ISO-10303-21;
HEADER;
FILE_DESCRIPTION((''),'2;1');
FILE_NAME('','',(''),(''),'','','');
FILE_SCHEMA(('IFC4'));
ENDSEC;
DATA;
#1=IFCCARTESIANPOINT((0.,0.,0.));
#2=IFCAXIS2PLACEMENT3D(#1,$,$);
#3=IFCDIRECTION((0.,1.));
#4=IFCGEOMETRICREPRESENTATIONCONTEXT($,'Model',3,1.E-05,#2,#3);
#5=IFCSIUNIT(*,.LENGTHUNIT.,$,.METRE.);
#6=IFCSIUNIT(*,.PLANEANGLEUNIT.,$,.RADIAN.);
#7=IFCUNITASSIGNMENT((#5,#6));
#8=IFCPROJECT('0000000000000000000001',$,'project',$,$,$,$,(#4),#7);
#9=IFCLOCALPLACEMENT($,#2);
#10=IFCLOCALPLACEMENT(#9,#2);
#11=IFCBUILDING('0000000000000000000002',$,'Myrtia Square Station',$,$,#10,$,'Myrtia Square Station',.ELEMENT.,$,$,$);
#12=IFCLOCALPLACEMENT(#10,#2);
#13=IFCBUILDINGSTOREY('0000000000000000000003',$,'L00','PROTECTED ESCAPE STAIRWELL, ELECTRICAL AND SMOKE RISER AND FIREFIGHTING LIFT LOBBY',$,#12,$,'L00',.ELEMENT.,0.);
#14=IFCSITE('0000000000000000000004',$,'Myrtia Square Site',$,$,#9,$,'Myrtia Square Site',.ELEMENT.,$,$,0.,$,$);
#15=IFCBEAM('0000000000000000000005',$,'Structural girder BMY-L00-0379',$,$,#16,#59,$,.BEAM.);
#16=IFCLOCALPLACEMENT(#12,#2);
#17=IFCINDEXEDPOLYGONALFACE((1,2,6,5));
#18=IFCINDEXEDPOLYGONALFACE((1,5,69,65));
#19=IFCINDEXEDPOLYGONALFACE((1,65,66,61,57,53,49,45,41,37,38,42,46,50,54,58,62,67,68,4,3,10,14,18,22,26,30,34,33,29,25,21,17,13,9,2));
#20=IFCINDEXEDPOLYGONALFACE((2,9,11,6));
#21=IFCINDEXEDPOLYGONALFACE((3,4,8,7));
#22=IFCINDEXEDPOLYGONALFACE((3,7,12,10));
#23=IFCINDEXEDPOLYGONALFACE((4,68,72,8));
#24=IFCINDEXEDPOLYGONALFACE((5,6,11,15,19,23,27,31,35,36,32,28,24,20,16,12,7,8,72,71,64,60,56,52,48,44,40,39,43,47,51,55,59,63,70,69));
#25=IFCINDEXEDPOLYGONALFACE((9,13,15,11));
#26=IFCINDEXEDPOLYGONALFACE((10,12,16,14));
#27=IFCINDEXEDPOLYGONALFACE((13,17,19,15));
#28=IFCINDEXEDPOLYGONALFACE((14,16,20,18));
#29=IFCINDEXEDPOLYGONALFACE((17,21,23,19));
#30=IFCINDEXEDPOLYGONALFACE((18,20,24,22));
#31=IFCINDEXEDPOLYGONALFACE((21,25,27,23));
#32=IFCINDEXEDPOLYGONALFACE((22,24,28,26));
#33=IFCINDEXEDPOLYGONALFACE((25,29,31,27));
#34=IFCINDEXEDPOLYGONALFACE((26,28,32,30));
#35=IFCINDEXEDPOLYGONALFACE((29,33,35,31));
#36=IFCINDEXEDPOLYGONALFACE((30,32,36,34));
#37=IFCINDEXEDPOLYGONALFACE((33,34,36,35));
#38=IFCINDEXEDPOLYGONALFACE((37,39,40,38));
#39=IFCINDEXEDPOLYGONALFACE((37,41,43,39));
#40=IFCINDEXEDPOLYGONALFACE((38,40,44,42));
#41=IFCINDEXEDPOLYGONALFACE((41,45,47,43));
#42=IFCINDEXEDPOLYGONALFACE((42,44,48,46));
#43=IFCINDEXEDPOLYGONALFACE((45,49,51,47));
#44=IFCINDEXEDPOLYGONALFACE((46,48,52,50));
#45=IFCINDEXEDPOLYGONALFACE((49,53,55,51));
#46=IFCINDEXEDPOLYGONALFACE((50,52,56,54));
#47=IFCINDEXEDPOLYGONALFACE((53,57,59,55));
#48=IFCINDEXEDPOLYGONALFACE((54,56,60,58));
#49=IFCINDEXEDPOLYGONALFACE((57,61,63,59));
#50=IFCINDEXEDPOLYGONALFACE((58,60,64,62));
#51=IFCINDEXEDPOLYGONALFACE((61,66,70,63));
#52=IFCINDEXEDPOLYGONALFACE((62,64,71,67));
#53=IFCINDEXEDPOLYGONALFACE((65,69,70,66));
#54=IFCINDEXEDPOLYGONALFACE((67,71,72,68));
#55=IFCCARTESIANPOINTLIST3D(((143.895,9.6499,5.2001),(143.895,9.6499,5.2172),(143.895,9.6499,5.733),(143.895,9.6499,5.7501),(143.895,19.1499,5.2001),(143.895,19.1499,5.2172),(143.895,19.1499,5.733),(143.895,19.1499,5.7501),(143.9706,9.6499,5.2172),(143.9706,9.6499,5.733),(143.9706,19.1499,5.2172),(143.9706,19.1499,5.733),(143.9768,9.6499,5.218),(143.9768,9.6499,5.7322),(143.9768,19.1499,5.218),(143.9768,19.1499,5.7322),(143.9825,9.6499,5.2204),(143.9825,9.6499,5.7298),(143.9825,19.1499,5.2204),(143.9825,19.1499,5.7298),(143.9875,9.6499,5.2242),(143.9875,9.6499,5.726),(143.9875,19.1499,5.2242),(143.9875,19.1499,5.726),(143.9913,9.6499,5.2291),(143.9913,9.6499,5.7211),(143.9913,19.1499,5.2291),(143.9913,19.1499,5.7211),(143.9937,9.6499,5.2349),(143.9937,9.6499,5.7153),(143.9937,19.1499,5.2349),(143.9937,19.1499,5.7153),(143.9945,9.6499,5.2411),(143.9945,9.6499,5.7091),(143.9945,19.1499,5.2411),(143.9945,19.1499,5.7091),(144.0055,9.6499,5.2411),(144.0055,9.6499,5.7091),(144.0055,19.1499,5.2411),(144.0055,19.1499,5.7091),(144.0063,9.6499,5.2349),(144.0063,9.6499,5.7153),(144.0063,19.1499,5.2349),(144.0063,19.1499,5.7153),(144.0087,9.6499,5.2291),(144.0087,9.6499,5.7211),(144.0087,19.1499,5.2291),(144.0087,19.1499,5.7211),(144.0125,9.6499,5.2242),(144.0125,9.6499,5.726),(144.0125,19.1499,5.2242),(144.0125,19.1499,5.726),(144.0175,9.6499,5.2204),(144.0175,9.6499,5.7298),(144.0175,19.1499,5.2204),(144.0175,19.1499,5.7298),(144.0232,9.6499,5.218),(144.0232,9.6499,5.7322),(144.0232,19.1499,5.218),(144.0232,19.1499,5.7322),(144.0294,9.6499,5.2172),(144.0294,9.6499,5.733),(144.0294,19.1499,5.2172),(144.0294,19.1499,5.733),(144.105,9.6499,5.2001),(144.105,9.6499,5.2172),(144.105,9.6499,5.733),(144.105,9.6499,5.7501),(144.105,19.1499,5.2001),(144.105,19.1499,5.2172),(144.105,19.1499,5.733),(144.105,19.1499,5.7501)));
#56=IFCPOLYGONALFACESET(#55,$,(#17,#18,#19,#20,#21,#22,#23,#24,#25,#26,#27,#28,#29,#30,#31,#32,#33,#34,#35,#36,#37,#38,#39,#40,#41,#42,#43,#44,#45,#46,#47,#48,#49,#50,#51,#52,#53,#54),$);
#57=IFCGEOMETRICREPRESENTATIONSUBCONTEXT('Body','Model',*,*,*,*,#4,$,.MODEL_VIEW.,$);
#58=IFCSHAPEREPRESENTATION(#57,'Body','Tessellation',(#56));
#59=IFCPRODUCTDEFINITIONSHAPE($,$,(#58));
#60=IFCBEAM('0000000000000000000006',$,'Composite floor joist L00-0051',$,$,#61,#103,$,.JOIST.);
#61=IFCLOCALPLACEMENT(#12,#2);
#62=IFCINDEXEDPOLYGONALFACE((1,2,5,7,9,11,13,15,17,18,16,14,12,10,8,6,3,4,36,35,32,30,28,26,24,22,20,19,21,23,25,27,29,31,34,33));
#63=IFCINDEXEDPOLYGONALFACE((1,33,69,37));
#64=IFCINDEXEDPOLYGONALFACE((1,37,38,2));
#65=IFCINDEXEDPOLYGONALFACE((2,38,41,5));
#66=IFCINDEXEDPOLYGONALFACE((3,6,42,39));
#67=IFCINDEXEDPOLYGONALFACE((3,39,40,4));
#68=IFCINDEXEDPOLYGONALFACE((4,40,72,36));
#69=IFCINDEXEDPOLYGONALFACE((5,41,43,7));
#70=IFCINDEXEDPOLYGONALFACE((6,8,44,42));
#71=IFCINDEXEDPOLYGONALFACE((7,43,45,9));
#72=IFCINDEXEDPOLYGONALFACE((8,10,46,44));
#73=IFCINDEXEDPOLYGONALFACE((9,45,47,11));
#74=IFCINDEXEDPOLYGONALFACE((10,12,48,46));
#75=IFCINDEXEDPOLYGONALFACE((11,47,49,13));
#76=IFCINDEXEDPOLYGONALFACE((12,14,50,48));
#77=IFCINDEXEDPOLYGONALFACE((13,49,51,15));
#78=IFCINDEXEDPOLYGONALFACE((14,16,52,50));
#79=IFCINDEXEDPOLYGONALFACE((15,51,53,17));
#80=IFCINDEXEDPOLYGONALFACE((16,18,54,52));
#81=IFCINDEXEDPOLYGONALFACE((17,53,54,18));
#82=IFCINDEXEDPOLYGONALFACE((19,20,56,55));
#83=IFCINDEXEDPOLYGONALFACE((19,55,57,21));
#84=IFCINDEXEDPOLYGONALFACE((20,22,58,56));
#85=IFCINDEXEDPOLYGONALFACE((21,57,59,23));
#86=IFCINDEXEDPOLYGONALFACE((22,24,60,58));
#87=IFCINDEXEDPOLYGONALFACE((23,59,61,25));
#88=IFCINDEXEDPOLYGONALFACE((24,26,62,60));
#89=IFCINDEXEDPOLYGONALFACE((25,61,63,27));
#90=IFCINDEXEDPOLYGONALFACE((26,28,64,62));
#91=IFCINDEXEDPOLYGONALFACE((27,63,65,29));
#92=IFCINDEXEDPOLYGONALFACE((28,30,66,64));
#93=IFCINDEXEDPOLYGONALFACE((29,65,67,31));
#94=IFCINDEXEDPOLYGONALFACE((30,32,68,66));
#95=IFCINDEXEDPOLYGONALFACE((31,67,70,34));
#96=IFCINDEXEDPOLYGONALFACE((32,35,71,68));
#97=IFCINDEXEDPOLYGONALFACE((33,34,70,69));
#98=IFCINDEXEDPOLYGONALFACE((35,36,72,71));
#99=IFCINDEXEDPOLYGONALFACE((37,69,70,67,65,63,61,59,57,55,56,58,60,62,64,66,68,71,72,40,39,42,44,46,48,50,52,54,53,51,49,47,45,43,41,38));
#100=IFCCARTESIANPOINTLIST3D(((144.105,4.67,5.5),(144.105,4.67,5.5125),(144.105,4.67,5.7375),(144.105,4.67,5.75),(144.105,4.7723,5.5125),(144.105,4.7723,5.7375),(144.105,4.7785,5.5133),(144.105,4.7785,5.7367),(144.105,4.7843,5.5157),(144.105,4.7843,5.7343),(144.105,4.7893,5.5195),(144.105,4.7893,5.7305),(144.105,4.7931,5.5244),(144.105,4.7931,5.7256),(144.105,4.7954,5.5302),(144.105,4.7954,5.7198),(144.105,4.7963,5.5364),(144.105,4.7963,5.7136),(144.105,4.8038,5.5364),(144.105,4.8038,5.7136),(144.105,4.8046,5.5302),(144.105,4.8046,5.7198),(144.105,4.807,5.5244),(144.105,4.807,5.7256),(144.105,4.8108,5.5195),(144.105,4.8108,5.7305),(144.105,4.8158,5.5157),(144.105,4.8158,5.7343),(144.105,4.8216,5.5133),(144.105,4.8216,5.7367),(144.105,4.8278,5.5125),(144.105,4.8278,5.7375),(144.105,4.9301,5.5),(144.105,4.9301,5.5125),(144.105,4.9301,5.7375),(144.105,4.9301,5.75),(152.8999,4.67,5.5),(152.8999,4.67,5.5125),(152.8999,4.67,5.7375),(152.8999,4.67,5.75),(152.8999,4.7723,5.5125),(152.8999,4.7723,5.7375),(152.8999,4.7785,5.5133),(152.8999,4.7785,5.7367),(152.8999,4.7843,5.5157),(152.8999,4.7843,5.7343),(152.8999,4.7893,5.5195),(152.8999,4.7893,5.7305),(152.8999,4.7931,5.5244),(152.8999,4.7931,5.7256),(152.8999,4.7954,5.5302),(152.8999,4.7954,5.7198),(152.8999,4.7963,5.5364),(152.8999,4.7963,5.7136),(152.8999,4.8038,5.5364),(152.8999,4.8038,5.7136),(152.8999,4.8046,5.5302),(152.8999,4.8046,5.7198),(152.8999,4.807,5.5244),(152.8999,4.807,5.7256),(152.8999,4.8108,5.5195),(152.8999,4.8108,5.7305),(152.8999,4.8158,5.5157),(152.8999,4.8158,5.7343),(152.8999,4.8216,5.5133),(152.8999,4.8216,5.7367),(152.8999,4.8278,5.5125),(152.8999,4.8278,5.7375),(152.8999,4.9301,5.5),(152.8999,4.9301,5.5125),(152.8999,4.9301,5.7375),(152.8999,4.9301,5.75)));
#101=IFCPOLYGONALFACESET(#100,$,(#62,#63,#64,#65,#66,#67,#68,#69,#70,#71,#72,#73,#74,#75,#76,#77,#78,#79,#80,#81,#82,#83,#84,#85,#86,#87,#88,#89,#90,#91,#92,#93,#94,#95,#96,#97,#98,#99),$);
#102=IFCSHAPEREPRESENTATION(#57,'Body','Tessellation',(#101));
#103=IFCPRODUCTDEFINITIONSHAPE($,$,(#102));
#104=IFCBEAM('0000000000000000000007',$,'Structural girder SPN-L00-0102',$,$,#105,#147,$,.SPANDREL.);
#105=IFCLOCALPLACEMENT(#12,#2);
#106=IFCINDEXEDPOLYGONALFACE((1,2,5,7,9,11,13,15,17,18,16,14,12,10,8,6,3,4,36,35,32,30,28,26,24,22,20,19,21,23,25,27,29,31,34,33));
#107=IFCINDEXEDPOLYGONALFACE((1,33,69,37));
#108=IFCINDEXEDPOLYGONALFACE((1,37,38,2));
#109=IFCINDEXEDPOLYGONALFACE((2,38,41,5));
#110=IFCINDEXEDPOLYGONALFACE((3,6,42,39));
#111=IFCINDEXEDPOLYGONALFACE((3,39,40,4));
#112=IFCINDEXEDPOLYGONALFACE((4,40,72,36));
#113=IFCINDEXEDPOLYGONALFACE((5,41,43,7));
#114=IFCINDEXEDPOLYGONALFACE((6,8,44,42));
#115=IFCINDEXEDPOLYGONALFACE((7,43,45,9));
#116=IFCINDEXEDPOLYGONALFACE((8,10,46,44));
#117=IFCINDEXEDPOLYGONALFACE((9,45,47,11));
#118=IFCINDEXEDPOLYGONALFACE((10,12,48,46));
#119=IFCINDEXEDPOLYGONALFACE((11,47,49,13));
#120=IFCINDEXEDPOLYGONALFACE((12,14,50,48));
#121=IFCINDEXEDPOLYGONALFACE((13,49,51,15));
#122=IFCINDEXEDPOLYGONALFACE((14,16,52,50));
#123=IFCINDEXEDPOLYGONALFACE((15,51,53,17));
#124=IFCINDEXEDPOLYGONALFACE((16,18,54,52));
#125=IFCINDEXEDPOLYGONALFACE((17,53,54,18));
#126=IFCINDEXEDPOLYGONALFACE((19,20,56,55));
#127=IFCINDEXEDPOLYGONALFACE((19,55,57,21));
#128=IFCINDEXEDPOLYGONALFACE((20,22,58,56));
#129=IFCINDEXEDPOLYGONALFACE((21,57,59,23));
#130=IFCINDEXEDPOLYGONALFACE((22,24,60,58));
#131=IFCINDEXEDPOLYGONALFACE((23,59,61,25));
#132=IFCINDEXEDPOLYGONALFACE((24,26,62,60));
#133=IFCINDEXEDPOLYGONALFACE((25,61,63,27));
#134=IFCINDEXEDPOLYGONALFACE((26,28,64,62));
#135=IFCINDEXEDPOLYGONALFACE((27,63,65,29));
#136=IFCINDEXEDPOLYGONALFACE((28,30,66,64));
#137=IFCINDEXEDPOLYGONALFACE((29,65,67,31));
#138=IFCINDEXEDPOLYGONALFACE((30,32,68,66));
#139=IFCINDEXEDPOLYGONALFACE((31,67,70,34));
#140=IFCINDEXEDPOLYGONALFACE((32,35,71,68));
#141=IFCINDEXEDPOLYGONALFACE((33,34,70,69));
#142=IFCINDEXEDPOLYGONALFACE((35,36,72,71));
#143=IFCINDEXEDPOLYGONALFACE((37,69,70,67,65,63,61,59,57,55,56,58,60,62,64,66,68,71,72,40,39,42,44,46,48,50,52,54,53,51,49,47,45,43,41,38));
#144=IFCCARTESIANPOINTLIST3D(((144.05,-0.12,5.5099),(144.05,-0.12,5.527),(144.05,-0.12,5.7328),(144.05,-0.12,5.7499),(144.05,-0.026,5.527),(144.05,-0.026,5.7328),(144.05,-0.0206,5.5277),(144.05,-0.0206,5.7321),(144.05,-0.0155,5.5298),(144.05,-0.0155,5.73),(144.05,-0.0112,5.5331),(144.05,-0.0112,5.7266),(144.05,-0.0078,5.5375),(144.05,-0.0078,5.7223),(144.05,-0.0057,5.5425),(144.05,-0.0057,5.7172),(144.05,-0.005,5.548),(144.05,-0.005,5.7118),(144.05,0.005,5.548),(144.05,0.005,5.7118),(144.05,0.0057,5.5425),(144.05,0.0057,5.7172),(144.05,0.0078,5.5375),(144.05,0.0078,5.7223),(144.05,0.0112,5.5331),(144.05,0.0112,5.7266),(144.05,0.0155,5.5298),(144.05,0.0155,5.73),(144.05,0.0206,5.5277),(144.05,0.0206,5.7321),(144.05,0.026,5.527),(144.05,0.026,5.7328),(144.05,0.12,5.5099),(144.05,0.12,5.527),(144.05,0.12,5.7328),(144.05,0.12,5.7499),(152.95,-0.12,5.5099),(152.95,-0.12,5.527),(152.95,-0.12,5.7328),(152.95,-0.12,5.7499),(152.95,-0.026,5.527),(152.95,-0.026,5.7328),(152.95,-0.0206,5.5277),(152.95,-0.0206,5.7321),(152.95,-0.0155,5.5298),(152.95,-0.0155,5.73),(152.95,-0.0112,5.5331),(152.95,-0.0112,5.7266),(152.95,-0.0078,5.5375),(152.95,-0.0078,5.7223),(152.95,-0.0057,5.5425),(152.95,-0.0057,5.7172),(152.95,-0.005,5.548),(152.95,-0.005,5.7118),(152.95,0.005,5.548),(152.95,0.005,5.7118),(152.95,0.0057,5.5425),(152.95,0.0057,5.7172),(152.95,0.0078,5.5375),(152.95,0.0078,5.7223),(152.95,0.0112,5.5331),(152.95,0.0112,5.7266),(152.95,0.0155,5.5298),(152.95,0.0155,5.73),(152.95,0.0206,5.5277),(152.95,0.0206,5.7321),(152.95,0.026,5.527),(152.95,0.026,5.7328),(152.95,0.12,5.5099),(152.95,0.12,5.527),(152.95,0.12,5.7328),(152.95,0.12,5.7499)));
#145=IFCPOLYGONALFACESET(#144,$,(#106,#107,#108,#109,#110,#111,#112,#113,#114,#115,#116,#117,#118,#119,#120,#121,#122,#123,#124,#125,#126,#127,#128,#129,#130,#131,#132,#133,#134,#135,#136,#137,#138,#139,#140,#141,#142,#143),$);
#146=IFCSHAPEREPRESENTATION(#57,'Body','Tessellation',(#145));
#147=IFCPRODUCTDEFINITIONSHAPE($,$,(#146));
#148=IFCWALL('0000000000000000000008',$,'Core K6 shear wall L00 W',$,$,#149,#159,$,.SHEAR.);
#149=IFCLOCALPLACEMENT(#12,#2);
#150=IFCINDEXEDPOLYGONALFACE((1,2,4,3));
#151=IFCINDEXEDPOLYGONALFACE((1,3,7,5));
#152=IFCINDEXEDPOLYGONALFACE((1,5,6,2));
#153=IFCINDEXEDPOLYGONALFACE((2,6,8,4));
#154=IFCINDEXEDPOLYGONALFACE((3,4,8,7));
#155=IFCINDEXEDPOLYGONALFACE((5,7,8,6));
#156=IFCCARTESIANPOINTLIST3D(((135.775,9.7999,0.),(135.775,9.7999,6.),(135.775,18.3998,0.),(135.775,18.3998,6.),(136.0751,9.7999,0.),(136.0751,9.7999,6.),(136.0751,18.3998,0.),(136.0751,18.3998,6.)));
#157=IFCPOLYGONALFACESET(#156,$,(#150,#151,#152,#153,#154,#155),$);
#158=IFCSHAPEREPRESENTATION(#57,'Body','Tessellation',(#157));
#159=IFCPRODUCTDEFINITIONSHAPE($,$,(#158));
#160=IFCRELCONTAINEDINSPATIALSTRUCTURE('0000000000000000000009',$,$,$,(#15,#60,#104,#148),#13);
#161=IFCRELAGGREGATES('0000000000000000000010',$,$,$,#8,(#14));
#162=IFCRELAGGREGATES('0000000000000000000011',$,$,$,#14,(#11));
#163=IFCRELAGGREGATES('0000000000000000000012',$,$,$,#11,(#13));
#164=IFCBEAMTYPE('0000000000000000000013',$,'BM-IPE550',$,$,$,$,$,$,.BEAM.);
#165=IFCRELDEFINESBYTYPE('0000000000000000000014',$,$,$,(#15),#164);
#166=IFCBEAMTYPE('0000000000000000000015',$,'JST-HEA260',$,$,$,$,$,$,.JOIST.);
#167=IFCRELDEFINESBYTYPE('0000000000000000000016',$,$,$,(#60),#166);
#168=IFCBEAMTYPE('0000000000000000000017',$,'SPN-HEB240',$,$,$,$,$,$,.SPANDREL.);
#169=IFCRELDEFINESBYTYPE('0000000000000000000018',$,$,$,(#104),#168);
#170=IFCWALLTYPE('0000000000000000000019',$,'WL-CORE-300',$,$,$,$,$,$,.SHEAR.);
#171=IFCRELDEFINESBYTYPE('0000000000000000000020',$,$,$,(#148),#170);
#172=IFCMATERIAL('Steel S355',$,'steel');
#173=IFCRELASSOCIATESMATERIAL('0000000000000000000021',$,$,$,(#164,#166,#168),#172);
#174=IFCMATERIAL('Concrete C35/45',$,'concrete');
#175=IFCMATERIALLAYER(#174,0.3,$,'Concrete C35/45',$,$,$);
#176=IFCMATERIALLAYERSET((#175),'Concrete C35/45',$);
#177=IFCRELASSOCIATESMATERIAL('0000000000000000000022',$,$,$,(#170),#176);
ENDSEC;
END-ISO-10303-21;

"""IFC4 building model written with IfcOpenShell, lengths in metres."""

from ifc_helpers import new_model, si_unit, direction, frame, frame_2d, origin, origin_2d, place, context, subcontext, project, spatial, rectangle, i_section, extrude, material, layer, layer_set, material_profile, profile_set, type_object, element, save


model = new_model("IFC4")

# Units and contexts
model_context = context("Model", 3, precision=1e-05, world=origin(), true_north=direction((0.0, 1.0)))
body_context = subcontext(model_context, "Body", "Model", "MODEL_VIEW")
ifc_project = project(units=[si_unit("LENGTHUNIT", "METRE"), si_unit("PLANEANGLEUNIT", "RADIAN")], contexts=[model_context])

# Site, building, storey
site_placement = place(None, origin())
site = spatial("IfcSite", under=ifc_project, at=site_placement, Name="Myrtia Square Site", LongName="Myrtia Square Site", CompositionType="ELEMENT", RefElevation=0.0)
building_placement = place(site_placement, origin())
building = spatial("IfcBuilding", under=site, at=building_placement, Name="Myrtia Square Station", LongName="Myrtia Square Station", CompositionType="ELEMENT")
storey_placement = place(building_placement, origin())
storey = spatial("IfcBuildingStorey", under=building, at=storey_placement, Name="L00", Description="PROTECTED ESCAPE STAIRWELL, ELECTRICAL AND SMOKE RISER AND FIREFIGHTING LIFT LOBBY", LongName="L00", CompositionType="ELEMENT", Elevation=0.0)

# Shared definitions
ifc_material_1 = material(Name="Steel S355", Category="steel")

# Beams
ifc_material_profile_1 = material_profile(ifc_material_1, i_section(OverallWidth=0.21, OverallDepth=0.55, WebThickness=0.011, FlangeThickness=0.0171, FilletRadius=0.0239, at=origin_2d()), Name="IPE 550")
ifc_profile_set_1 = profile_set([ifc_material_profile_1], Name="Steel S355")
beam_type_1 = type_object("IfcBeamType", Name="BM-IPE550", PredefinedType="BEAM", material=ifc_profile_set_1)
for number, where, z_axis, x_axis, name in (
    (1, (144.0, 9.6499, 5.4751), (0.0, 1.0, 0.0), (-1.0, 0.0, 0.0), "Structural girder BMY-L00-0379"),
):
    element("IfcBeam", number, at=place(storey_placement, frame(where, z_axis=z_axis, x_axis=x_axis)), inside=storey, type_object=beam_type_1, Name=name, PredefinedType="BEAM", context=body_context, shape_type="SweptSolid", body=[
        extrude(i_section(OverallWidth=0.21, OverallDepth=0.55, WebThickness=0.011, FlangeThickness=0.0171, FilletRadius=0.0239, at=origin_2d()), origin(), (0.0, 0.0, 1.0), 9.5),
    ])
ifc_material_profile_2 = material_profile(ifc_material_1, i_section(OverallWidth=0.26, OverallDepth=0.25, WebThickness=0.0076, FlangeThickness=0.0125, FilletRadius=0.0239, at=origin_2d()), Name="HEA 260")
ifc_profile_set_2 = profile_set([ifc_material_profile_2], Name="Steel S355")
beam_type_2 = type_object("IfcBeamType", Name="JST-HEA260", PredefinedType="JOIST", material=ifc_profile_set_2)
beam_1_placement = place(storey_placement, frame((144.105, 4.8, 5.625), z_axis=(1.0, 0.0, 0.0), x_axis=(0.0, 1.0, 0.0)))
element("IfcBeam", 2, at=beam_1_placement, inside=storey, type_object=beam_type_2, Name="Composite floor joist L00-0051", PredefinedType="JOIST", context=body_context, shape_type="SweptSolid", body=[
    extrude(i_section(OverallWidth=0.26, OverallDepth=0.25, WebThickness=0.0076, FlangeThickness=0.0125, FilletRadius=0.0239, at=origin_2d()), origin(), (0.0, 0.0, 1.0), 8.7949),
])
ifc_material_profile_3 = material_profile(ifc_material_1, i_section(OverallWidth=0.24, OverallDepth=0.24, WebThickness=0.01, FlangeThickness=0.0171, FilletRadius=0.021, at=origin_2d()), Name="HEB 240")
ifc_profile_set_3 = profile_set([ifc_material_profile_3], Name="Steel S355")
beam_type_3 = type_object("IfcBeamType", Name="SPN-HEB240", PredefinedType="SPANDREL", material=ifc_profile_set_3)
beam_2_placement = place(storey_placement, frame((144.05, 0.0, 5.6299), z_axis=(1.0, 0.0, 0.0), x_axis=(0.0, 1.0, 0.0)))
element("IfcBeam", 3, at=beam_2_placement, inside=storey, type_object=beam_type_3, Name="Structural girder SPN-L00-0102", PredefinedType="SPANDREL", context=body_context, shape_type="SweptSolid", body=[
    extrude(i_section(OverallWidth=0.24, OverallDepth=0.24, WebThickness=0.01, FlangeThickness=0.0171, FilletRadius=0.021, at=origin_2d()), origin(), (0.0, 0.0, 1.0), 8.8999),
])

# Wall
ifc_material_2 = material(Name="Concrete C35/45", Category="concrete")
ifc_layer_1 = layer(ifc_material_2, 0.3, Name="Concrete C35/45")
ifc_layer_set_1 = layer_set([ifc_layer_1], Name="Concrete C35/45")
wall_type_1 = type_object("IfcWallType", Name="WL-CORE-300", PredefinedType="SHEAR", material=ifc_layer_set_1)
wall_1_placement = place(storey_placement, frame((135.925, 9.8, 0.0), z_axis=(0.0, 0.0, 1.0), x_axis=(0.0, 1.0, 0.0)))
element("IfcWall", 4, at=wall_1_placement, inside=storey, type_object=wall_type_1, Name="Core K6 shear wall L00 W", PredefinedType="SHEAR", context=body_context, shape_type="SweptSolid", body=[
    extrude(rectangle(XDim=8.5999, YDim=0.3, at=frame_2d((4.2998, 0.0))), origin(), (0.0, 0.0, 1.0), 6.0),
])

save(model, "model.ifc")
